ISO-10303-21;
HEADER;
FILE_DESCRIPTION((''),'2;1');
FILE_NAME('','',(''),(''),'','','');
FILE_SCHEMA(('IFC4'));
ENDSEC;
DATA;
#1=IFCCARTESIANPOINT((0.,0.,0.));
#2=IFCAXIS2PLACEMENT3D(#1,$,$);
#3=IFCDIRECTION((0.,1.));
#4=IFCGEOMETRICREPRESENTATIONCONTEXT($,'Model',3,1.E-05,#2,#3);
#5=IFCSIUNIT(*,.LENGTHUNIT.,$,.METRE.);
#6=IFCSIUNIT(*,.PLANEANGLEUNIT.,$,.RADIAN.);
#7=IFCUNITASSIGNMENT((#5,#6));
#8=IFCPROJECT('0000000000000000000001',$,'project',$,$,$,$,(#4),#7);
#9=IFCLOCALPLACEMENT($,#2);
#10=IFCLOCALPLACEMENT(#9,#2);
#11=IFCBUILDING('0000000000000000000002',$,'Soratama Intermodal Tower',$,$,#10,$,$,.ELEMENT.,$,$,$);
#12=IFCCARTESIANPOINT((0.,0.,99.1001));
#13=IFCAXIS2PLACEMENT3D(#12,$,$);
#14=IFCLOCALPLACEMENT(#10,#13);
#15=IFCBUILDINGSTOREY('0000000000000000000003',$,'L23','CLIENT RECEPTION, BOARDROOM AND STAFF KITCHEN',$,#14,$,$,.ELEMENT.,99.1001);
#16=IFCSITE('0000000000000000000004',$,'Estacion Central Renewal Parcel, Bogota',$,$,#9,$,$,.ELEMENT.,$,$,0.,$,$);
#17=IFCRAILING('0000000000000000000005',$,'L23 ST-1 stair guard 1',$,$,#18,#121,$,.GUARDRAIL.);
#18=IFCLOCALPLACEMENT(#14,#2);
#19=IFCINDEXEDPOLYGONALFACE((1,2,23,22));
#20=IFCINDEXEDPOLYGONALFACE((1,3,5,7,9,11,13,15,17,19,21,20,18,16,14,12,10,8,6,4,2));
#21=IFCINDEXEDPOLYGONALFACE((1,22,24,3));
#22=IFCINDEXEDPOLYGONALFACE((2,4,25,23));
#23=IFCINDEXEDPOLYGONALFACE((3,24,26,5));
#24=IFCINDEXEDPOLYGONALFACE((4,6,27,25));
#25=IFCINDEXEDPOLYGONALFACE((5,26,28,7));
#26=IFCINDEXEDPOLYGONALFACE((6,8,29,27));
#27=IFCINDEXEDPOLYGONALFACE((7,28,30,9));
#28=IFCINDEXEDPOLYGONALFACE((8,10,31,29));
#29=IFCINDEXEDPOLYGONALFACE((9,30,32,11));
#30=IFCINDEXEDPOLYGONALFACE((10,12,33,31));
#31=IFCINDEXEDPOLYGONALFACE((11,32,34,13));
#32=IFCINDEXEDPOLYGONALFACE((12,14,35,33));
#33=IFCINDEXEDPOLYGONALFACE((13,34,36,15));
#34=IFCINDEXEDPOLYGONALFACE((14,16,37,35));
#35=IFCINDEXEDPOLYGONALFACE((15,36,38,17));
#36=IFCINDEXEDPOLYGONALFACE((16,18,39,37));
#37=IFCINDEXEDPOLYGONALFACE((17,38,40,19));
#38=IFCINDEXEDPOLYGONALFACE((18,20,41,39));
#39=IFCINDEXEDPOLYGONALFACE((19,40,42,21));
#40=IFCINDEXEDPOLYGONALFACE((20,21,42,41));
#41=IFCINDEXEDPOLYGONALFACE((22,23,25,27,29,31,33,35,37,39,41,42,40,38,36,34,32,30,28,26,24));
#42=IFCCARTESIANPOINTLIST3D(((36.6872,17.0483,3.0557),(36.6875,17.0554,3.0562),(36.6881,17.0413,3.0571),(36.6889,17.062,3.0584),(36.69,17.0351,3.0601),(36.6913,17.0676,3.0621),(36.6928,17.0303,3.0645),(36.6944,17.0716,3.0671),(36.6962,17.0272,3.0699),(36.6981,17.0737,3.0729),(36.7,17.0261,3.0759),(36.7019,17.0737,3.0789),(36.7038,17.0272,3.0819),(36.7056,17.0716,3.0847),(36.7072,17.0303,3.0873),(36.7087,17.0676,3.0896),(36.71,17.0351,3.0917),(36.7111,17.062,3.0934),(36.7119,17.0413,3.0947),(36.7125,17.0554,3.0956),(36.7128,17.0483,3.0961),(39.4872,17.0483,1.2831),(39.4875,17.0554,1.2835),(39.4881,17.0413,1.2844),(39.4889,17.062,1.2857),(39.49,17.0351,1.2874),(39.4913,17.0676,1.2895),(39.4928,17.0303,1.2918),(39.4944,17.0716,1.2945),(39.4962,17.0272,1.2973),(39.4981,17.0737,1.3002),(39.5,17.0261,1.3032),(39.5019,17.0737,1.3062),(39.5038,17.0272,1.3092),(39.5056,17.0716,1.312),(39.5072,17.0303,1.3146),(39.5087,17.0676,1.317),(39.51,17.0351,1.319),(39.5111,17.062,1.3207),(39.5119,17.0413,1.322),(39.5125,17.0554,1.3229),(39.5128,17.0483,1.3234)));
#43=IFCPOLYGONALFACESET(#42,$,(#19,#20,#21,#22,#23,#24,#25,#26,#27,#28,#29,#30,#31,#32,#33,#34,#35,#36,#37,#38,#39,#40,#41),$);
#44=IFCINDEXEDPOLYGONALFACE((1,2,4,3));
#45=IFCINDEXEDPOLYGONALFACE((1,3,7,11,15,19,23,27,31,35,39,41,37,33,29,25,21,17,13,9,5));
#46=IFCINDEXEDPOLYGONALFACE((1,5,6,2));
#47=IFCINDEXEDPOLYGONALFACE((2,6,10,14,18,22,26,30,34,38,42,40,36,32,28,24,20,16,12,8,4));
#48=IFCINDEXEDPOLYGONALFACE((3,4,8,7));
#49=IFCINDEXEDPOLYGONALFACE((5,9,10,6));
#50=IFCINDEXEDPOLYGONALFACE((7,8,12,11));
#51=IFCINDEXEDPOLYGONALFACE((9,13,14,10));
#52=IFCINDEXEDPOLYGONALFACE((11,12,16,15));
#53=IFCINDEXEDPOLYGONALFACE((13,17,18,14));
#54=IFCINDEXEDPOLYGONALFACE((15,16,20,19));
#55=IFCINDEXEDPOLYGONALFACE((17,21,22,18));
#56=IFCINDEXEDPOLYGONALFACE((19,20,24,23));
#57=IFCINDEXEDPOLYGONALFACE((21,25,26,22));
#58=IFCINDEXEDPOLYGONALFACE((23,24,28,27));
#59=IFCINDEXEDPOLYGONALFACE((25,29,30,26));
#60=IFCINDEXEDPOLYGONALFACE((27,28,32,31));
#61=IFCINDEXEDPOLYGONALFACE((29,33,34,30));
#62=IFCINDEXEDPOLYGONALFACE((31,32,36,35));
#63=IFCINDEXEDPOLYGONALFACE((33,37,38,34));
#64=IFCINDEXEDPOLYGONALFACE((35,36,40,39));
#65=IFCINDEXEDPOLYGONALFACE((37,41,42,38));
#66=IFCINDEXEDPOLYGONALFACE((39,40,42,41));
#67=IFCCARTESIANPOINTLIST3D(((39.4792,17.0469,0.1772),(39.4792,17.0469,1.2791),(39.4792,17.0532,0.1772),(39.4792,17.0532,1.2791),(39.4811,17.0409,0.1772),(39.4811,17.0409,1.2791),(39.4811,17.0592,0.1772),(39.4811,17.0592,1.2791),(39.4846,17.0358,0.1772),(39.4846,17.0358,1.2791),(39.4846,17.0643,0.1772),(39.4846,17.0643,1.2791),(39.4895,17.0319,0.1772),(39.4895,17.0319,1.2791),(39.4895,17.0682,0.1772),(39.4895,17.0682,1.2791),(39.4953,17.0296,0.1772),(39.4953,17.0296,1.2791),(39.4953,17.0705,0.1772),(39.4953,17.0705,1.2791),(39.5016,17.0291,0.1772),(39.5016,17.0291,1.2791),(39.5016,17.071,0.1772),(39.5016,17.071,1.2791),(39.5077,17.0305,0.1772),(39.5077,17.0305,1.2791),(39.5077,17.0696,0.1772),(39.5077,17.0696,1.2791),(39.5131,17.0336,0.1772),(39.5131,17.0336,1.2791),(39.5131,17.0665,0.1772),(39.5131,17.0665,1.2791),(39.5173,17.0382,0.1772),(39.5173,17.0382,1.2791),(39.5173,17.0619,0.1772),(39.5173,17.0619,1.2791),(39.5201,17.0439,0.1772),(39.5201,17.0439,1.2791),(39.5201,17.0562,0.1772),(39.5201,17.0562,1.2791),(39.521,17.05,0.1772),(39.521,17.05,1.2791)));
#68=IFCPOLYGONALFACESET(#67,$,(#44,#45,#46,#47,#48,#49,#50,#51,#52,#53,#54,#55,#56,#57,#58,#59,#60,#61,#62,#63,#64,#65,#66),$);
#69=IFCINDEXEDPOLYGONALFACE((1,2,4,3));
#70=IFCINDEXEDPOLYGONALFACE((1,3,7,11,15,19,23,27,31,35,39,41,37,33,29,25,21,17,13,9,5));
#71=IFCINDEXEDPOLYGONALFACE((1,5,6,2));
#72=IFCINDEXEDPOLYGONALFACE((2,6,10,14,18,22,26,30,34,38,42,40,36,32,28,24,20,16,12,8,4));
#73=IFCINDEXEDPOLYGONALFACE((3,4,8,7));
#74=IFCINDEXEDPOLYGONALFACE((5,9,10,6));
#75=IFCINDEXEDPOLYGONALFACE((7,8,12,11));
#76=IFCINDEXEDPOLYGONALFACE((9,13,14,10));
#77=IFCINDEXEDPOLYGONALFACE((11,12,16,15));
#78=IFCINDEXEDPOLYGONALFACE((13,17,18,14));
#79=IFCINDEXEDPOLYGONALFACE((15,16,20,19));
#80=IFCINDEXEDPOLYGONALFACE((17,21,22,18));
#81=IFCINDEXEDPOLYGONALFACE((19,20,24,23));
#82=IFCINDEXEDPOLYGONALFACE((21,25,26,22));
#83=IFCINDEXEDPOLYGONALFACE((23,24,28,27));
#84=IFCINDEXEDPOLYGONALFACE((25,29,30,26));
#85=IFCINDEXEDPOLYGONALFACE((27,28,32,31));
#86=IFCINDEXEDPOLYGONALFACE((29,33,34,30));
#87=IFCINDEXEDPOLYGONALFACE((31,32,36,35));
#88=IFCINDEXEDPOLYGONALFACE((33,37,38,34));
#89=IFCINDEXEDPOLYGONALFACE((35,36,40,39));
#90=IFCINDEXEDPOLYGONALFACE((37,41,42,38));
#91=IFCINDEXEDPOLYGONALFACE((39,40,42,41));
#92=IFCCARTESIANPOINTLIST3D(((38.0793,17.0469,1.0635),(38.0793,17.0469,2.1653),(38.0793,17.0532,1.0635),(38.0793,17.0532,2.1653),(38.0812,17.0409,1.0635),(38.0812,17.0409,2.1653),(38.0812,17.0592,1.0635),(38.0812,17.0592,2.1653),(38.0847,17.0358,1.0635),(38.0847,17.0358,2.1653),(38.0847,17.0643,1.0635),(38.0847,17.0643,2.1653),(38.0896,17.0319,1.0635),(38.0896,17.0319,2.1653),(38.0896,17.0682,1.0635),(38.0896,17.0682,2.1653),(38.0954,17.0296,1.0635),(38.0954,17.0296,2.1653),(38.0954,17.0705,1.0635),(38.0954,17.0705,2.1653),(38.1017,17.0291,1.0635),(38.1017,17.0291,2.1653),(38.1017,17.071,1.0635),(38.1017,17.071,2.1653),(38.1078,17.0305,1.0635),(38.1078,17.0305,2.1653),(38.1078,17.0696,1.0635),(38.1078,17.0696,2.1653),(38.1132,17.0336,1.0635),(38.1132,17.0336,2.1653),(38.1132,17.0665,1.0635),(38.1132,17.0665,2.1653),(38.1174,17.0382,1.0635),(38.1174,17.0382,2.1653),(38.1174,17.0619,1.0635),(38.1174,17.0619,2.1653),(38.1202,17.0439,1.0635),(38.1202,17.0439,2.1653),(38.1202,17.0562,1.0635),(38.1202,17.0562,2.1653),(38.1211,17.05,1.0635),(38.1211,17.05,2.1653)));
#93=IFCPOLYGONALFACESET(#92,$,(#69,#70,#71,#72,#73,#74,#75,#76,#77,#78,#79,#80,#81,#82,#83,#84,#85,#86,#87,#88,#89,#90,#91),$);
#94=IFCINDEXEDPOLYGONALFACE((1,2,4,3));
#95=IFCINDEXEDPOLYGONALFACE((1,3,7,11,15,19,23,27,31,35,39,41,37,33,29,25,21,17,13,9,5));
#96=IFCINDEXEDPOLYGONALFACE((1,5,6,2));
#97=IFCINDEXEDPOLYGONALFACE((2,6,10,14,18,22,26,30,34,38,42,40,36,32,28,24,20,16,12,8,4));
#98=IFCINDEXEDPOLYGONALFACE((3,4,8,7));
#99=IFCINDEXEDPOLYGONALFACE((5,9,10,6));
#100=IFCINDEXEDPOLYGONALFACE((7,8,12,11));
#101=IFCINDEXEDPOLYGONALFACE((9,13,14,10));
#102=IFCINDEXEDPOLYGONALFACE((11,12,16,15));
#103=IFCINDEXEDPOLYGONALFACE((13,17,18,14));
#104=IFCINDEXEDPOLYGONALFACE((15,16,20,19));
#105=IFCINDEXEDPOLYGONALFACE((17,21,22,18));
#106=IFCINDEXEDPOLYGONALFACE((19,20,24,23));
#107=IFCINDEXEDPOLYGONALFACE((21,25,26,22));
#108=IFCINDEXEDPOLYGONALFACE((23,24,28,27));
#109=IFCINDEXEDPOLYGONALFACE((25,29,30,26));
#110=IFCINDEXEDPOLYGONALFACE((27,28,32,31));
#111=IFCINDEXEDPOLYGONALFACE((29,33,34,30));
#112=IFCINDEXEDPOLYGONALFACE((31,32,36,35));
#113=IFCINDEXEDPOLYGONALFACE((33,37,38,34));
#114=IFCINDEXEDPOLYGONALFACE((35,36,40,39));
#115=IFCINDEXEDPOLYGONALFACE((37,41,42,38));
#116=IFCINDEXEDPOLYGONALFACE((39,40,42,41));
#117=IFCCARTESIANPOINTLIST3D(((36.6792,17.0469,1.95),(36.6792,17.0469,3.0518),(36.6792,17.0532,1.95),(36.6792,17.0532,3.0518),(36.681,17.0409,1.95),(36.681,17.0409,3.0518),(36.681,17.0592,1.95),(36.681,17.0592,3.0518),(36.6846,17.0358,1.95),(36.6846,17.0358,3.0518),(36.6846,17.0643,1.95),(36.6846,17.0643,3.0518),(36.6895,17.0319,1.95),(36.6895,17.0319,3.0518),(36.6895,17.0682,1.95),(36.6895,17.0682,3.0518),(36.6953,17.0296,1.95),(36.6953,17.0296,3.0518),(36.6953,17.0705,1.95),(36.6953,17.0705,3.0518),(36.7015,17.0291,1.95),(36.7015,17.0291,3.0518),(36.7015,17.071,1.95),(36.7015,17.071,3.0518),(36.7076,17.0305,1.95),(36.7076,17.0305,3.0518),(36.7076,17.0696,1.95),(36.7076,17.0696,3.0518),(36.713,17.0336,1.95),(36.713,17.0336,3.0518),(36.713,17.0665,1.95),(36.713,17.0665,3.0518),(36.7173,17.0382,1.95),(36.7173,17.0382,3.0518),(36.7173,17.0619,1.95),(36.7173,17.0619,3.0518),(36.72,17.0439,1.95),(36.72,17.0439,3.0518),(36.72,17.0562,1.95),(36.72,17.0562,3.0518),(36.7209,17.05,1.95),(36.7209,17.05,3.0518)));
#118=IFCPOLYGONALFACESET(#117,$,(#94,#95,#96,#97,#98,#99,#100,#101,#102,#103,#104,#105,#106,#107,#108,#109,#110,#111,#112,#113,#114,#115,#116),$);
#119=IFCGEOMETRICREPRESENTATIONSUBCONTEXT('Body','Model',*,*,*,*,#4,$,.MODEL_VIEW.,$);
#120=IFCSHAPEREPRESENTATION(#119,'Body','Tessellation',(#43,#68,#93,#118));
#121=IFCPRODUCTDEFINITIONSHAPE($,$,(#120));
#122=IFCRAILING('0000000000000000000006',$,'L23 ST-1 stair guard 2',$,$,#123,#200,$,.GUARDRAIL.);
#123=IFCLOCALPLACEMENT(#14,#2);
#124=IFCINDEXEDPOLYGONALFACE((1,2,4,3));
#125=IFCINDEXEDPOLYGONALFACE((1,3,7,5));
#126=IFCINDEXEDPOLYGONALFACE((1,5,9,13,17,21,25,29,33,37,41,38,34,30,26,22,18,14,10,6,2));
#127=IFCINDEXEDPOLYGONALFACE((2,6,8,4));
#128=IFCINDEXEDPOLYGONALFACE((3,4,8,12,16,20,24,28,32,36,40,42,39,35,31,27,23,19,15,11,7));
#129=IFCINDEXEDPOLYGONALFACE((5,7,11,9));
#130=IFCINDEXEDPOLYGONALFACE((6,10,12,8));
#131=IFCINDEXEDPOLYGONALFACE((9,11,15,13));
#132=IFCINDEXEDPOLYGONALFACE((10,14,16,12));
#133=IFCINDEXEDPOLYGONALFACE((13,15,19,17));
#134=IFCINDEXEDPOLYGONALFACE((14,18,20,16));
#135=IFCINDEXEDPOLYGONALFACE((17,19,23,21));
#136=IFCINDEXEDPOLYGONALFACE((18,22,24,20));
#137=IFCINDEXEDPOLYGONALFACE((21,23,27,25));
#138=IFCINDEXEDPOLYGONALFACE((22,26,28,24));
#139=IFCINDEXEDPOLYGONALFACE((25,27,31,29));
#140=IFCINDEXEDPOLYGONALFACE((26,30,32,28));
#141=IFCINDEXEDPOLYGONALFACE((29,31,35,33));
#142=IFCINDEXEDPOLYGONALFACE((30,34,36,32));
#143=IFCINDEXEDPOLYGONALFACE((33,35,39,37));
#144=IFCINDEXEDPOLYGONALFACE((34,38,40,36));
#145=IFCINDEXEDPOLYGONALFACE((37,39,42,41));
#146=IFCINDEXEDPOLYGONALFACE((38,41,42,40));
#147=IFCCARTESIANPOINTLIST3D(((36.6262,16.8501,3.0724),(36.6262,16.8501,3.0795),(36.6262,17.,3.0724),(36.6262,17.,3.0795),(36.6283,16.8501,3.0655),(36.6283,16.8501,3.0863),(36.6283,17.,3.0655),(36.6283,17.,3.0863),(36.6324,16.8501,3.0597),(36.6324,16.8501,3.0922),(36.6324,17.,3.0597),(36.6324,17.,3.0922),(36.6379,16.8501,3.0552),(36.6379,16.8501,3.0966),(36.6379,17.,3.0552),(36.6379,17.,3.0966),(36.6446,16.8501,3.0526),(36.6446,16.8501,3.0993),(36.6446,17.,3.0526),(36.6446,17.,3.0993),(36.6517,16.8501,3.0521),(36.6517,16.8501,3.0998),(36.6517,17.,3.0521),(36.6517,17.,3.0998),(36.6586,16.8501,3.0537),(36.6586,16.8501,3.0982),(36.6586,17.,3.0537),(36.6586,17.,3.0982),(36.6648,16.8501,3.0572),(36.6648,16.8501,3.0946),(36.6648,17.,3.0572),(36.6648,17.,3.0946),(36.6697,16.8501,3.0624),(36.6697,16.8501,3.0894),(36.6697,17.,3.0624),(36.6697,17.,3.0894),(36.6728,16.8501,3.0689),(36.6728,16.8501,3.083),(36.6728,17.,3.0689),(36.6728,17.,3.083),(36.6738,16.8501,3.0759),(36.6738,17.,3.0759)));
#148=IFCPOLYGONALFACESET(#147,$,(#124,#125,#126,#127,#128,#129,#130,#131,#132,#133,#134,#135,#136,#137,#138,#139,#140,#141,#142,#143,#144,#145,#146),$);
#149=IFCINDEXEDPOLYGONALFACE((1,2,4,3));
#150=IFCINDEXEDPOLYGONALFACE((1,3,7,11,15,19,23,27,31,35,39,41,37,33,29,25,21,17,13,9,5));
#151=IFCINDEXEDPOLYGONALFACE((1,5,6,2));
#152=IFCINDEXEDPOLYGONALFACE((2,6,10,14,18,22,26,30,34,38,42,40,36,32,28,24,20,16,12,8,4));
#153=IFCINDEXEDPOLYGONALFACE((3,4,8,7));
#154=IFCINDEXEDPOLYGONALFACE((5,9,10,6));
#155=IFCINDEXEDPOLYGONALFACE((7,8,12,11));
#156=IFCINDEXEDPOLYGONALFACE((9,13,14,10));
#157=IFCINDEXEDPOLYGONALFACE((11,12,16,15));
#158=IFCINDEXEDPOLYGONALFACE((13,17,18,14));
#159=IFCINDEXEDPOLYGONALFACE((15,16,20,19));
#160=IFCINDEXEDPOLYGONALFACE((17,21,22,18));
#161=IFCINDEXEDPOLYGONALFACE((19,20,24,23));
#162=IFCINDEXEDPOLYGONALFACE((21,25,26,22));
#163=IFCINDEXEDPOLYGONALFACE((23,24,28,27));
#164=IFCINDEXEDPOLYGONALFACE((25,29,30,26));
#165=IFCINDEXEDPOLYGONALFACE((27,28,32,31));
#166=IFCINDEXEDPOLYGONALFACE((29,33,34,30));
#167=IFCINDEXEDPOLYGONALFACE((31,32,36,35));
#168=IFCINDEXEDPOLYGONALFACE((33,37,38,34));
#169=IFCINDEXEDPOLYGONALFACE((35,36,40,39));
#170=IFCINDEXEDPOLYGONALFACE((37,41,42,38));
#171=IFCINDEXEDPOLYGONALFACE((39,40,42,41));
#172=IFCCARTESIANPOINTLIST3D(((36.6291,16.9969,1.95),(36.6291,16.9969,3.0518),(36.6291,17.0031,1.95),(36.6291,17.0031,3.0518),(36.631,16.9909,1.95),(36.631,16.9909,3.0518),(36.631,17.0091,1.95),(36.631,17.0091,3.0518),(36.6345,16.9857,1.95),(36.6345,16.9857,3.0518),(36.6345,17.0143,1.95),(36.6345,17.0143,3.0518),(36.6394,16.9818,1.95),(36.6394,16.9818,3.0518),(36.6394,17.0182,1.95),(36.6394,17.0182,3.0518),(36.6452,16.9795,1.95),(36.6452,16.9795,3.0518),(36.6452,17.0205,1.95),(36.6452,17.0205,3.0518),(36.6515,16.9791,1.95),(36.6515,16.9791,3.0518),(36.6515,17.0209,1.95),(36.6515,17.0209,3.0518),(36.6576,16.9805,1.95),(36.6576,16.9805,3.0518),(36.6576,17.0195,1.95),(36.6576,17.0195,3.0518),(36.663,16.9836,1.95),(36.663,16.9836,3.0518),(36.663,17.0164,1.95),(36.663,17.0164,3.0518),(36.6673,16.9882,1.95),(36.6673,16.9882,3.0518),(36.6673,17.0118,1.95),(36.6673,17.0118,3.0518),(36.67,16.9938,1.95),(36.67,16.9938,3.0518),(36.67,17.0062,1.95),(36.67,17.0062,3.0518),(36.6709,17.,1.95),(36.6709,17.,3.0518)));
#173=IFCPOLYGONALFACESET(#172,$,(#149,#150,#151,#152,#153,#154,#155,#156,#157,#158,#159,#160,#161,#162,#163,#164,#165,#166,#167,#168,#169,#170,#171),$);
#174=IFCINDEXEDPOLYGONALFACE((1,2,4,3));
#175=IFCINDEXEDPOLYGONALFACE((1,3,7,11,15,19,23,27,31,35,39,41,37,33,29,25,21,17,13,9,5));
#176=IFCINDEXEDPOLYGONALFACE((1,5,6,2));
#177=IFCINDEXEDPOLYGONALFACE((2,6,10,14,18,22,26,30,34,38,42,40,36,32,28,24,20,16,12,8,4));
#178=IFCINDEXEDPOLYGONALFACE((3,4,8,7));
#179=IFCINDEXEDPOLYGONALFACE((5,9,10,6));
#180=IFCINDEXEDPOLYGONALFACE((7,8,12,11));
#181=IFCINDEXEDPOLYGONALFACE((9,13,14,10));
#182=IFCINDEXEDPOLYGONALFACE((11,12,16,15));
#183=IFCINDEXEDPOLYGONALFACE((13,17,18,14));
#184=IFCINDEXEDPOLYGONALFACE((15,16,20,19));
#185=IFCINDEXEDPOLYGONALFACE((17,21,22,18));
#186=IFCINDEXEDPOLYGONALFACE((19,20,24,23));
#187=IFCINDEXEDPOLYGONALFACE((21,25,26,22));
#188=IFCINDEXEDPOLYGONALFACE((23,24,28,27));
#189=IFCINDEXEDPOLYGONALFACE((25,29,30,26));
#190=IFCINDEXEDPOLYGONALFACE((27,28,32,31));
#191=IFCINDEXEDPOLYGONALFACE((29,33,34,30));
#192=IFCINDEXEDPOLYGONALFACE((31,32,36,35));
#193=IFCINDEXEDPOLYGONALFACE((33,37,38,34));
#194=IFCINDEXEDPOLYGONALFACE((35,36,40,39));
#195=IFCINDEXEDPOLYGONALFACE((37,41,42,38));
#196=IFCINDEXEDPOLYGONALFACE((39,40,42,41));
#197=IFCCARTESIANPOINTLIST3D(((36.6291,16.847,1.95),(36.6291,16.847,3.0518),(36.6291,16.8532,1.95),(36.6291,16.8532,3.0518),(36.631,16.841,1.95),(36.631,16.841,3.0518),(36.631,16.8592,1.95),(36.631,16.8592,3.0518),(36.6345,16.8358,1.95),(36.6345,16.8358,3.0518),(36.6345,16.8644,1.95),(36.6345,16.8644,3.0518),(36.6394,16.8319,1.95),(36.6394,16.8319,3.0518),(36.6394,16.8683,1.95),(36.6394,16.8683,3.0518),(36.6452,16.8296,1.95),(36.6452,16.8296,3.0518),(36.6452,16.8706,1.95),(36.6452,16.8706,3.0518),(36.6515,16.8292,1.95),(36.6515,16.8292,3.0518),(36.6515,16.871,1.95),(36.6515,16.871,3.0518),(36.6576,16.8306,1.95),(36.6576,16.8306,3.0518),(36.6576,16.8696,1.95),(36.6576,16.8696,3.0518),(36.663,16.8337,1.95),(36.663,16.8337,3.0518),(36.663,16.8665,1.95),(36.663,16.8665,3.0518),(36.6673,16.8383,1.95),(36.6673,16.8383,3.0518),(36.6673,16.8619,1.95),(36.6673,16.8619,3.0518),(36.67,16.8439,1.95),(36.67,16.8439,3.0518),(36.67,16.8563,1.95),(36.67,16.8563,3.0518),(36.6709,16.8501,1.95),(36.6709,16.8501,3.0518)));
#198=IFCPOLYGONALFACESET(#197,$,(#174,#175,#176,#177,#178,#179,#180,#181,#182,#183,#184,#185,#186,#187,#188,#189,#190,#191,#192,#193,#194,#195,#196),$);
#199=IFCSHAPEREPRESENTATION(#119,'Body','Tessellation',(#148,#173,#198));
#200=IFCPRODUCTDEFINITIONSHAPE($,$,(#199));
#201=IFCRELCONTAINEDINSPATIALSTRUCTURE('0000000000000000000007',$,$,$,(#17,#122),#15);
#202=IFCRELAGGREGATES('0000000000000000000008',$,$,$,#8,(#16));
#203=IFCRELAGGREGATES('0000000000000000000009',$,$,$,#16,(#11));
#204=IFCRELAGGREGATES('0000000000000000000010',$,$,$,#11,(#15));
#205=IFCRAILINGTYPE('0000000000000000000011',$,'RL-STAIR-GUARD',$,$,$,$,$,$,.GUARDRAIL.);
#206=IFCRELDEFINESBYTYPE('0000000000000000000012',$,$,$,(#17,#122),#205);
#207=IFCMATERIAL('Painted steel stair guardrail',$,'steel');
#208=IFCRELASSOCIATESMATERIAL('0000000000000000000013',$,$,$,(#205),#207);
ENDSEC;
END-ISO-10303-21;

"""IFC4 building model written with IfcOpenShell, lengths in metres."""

from ifc_helpers import new_model, si_unit, direction, frame, origin, origin_2d, place, context, subcontext, project, spatial, circle, extrude, material, type_object, element, save


model = new_model("IFC4")

# Units and contexts
model_context = context("Model", 3, precision=1e-05, world=origin(), true_north=direction((0.0, 1.0)))
body_context = subcontext(model_context, "Body", "Model", "MODEL_VIEW")
ifc_project = project(units=[si_unit("LENGTHUNIT", "METRE"), si_unit("PLANEANGLEUNIT", "RADIAN")], contexts=[model_context])

# Site, building, storey
site_placement = place(None, origin())
site = spatial("IfcSite", under=ifc_project, at=site_placement, Name="Estacion Central Renewal Parcel, Bogota", CompositionType="ELEMENT", RefElevation=0.0)
building_placement = place(site_placement, origin())
building = spatial("IfcBuilding", under=site, at=building_placement, Name="Soratama Intermodal Tower", CompositionType="ELEMENT")
storey_placement = place(building_placement, frame((0.0, 0.0, 99.1001)))
storey = spatial("IfcBuildingStorey", under=building, at=storey_placement, Name="L23", Description="CLIENT RECEPTION, BOARDROOM AND STAFF KITCHEN", CompositionType="ELEMENT", Elevation=99.1001)

# Railings
ifc_material_1 = material(Name="Painted steel stair guardrail", Category="steel")
railing_type_1 = type_object("IfcRailingType", Name="RL-STAIR-GUARD", PredefinedType="GUARDRAIL", material=ifc_material_1)
railing_1_placement = place(storey_placement, frame((39.5, 17.05, 0.1772)))
element("IfcRailing", 1, at=railing_1_placement, inside=storey, type_object=railing_type_1, Name="L23 ST-1 stair guard 1", PredefinedType="GUARDRAIL", context=body_context, shape_type="SweptSolid", body=[
    extrude(circle(Radius=0.0239, at=origin_2d()), frame((0.0, 0.0, 1.126), z_axis=(-0.844909, 0.0, 0.53491), x_axis=(0.0, -1.0, 0.0)), (0.0, 0.0, 1.0), 3.314),
    extrude(circle(Radius=0.021, at=origin_2d()), origin(), (0.0, 0.0, 1.0), 1.1018),
    extrude(circle(Radius=0.021, at=origin_2d()), frame((-1.3999, 0.0, 0.8862)), (0.0, 0.0, 1.0), 1.1018),
    extrude(circle(Radius=0.021, at=origin_2d()), frame((-2.8, 0.0, 1.7727)), (0.0, 0.0, 1.0), 1.1018),
])
railing_2_placement = place(storey_placement, frame((36.6499, 17.0, 1.95)))
element("IfcRailing", 2, at=railing_2_placement, inside=storey, type_object=railing_type_1, Name="L23 ST-1 stair guard 2", PredefinedType="GUARDRAIL", context=body_context, shape_type="SweptSolid", body=[
    extrude(circle(Radius=0.0239, at=origin_2d()), frame((0.0, 0.0, 1.126), z_axis=(0.0, -1.0, 0.0), x_axis=(1.0, 0.0, 0.0)), (0.0, 0.0, 1.0), 0.1499),
    extrude(circle(Radius=0.021, at=origin_2d()), origin(), (0.0, 0.0, 1.0), 1.1018),
    extrude(circle(Radius=0.021, at=origin_2d()), frame((0.0, -0.1499, 0.0)), (0.0, 0.0, 1.0), 1.1018),
])

save(model, "model.ifc")
